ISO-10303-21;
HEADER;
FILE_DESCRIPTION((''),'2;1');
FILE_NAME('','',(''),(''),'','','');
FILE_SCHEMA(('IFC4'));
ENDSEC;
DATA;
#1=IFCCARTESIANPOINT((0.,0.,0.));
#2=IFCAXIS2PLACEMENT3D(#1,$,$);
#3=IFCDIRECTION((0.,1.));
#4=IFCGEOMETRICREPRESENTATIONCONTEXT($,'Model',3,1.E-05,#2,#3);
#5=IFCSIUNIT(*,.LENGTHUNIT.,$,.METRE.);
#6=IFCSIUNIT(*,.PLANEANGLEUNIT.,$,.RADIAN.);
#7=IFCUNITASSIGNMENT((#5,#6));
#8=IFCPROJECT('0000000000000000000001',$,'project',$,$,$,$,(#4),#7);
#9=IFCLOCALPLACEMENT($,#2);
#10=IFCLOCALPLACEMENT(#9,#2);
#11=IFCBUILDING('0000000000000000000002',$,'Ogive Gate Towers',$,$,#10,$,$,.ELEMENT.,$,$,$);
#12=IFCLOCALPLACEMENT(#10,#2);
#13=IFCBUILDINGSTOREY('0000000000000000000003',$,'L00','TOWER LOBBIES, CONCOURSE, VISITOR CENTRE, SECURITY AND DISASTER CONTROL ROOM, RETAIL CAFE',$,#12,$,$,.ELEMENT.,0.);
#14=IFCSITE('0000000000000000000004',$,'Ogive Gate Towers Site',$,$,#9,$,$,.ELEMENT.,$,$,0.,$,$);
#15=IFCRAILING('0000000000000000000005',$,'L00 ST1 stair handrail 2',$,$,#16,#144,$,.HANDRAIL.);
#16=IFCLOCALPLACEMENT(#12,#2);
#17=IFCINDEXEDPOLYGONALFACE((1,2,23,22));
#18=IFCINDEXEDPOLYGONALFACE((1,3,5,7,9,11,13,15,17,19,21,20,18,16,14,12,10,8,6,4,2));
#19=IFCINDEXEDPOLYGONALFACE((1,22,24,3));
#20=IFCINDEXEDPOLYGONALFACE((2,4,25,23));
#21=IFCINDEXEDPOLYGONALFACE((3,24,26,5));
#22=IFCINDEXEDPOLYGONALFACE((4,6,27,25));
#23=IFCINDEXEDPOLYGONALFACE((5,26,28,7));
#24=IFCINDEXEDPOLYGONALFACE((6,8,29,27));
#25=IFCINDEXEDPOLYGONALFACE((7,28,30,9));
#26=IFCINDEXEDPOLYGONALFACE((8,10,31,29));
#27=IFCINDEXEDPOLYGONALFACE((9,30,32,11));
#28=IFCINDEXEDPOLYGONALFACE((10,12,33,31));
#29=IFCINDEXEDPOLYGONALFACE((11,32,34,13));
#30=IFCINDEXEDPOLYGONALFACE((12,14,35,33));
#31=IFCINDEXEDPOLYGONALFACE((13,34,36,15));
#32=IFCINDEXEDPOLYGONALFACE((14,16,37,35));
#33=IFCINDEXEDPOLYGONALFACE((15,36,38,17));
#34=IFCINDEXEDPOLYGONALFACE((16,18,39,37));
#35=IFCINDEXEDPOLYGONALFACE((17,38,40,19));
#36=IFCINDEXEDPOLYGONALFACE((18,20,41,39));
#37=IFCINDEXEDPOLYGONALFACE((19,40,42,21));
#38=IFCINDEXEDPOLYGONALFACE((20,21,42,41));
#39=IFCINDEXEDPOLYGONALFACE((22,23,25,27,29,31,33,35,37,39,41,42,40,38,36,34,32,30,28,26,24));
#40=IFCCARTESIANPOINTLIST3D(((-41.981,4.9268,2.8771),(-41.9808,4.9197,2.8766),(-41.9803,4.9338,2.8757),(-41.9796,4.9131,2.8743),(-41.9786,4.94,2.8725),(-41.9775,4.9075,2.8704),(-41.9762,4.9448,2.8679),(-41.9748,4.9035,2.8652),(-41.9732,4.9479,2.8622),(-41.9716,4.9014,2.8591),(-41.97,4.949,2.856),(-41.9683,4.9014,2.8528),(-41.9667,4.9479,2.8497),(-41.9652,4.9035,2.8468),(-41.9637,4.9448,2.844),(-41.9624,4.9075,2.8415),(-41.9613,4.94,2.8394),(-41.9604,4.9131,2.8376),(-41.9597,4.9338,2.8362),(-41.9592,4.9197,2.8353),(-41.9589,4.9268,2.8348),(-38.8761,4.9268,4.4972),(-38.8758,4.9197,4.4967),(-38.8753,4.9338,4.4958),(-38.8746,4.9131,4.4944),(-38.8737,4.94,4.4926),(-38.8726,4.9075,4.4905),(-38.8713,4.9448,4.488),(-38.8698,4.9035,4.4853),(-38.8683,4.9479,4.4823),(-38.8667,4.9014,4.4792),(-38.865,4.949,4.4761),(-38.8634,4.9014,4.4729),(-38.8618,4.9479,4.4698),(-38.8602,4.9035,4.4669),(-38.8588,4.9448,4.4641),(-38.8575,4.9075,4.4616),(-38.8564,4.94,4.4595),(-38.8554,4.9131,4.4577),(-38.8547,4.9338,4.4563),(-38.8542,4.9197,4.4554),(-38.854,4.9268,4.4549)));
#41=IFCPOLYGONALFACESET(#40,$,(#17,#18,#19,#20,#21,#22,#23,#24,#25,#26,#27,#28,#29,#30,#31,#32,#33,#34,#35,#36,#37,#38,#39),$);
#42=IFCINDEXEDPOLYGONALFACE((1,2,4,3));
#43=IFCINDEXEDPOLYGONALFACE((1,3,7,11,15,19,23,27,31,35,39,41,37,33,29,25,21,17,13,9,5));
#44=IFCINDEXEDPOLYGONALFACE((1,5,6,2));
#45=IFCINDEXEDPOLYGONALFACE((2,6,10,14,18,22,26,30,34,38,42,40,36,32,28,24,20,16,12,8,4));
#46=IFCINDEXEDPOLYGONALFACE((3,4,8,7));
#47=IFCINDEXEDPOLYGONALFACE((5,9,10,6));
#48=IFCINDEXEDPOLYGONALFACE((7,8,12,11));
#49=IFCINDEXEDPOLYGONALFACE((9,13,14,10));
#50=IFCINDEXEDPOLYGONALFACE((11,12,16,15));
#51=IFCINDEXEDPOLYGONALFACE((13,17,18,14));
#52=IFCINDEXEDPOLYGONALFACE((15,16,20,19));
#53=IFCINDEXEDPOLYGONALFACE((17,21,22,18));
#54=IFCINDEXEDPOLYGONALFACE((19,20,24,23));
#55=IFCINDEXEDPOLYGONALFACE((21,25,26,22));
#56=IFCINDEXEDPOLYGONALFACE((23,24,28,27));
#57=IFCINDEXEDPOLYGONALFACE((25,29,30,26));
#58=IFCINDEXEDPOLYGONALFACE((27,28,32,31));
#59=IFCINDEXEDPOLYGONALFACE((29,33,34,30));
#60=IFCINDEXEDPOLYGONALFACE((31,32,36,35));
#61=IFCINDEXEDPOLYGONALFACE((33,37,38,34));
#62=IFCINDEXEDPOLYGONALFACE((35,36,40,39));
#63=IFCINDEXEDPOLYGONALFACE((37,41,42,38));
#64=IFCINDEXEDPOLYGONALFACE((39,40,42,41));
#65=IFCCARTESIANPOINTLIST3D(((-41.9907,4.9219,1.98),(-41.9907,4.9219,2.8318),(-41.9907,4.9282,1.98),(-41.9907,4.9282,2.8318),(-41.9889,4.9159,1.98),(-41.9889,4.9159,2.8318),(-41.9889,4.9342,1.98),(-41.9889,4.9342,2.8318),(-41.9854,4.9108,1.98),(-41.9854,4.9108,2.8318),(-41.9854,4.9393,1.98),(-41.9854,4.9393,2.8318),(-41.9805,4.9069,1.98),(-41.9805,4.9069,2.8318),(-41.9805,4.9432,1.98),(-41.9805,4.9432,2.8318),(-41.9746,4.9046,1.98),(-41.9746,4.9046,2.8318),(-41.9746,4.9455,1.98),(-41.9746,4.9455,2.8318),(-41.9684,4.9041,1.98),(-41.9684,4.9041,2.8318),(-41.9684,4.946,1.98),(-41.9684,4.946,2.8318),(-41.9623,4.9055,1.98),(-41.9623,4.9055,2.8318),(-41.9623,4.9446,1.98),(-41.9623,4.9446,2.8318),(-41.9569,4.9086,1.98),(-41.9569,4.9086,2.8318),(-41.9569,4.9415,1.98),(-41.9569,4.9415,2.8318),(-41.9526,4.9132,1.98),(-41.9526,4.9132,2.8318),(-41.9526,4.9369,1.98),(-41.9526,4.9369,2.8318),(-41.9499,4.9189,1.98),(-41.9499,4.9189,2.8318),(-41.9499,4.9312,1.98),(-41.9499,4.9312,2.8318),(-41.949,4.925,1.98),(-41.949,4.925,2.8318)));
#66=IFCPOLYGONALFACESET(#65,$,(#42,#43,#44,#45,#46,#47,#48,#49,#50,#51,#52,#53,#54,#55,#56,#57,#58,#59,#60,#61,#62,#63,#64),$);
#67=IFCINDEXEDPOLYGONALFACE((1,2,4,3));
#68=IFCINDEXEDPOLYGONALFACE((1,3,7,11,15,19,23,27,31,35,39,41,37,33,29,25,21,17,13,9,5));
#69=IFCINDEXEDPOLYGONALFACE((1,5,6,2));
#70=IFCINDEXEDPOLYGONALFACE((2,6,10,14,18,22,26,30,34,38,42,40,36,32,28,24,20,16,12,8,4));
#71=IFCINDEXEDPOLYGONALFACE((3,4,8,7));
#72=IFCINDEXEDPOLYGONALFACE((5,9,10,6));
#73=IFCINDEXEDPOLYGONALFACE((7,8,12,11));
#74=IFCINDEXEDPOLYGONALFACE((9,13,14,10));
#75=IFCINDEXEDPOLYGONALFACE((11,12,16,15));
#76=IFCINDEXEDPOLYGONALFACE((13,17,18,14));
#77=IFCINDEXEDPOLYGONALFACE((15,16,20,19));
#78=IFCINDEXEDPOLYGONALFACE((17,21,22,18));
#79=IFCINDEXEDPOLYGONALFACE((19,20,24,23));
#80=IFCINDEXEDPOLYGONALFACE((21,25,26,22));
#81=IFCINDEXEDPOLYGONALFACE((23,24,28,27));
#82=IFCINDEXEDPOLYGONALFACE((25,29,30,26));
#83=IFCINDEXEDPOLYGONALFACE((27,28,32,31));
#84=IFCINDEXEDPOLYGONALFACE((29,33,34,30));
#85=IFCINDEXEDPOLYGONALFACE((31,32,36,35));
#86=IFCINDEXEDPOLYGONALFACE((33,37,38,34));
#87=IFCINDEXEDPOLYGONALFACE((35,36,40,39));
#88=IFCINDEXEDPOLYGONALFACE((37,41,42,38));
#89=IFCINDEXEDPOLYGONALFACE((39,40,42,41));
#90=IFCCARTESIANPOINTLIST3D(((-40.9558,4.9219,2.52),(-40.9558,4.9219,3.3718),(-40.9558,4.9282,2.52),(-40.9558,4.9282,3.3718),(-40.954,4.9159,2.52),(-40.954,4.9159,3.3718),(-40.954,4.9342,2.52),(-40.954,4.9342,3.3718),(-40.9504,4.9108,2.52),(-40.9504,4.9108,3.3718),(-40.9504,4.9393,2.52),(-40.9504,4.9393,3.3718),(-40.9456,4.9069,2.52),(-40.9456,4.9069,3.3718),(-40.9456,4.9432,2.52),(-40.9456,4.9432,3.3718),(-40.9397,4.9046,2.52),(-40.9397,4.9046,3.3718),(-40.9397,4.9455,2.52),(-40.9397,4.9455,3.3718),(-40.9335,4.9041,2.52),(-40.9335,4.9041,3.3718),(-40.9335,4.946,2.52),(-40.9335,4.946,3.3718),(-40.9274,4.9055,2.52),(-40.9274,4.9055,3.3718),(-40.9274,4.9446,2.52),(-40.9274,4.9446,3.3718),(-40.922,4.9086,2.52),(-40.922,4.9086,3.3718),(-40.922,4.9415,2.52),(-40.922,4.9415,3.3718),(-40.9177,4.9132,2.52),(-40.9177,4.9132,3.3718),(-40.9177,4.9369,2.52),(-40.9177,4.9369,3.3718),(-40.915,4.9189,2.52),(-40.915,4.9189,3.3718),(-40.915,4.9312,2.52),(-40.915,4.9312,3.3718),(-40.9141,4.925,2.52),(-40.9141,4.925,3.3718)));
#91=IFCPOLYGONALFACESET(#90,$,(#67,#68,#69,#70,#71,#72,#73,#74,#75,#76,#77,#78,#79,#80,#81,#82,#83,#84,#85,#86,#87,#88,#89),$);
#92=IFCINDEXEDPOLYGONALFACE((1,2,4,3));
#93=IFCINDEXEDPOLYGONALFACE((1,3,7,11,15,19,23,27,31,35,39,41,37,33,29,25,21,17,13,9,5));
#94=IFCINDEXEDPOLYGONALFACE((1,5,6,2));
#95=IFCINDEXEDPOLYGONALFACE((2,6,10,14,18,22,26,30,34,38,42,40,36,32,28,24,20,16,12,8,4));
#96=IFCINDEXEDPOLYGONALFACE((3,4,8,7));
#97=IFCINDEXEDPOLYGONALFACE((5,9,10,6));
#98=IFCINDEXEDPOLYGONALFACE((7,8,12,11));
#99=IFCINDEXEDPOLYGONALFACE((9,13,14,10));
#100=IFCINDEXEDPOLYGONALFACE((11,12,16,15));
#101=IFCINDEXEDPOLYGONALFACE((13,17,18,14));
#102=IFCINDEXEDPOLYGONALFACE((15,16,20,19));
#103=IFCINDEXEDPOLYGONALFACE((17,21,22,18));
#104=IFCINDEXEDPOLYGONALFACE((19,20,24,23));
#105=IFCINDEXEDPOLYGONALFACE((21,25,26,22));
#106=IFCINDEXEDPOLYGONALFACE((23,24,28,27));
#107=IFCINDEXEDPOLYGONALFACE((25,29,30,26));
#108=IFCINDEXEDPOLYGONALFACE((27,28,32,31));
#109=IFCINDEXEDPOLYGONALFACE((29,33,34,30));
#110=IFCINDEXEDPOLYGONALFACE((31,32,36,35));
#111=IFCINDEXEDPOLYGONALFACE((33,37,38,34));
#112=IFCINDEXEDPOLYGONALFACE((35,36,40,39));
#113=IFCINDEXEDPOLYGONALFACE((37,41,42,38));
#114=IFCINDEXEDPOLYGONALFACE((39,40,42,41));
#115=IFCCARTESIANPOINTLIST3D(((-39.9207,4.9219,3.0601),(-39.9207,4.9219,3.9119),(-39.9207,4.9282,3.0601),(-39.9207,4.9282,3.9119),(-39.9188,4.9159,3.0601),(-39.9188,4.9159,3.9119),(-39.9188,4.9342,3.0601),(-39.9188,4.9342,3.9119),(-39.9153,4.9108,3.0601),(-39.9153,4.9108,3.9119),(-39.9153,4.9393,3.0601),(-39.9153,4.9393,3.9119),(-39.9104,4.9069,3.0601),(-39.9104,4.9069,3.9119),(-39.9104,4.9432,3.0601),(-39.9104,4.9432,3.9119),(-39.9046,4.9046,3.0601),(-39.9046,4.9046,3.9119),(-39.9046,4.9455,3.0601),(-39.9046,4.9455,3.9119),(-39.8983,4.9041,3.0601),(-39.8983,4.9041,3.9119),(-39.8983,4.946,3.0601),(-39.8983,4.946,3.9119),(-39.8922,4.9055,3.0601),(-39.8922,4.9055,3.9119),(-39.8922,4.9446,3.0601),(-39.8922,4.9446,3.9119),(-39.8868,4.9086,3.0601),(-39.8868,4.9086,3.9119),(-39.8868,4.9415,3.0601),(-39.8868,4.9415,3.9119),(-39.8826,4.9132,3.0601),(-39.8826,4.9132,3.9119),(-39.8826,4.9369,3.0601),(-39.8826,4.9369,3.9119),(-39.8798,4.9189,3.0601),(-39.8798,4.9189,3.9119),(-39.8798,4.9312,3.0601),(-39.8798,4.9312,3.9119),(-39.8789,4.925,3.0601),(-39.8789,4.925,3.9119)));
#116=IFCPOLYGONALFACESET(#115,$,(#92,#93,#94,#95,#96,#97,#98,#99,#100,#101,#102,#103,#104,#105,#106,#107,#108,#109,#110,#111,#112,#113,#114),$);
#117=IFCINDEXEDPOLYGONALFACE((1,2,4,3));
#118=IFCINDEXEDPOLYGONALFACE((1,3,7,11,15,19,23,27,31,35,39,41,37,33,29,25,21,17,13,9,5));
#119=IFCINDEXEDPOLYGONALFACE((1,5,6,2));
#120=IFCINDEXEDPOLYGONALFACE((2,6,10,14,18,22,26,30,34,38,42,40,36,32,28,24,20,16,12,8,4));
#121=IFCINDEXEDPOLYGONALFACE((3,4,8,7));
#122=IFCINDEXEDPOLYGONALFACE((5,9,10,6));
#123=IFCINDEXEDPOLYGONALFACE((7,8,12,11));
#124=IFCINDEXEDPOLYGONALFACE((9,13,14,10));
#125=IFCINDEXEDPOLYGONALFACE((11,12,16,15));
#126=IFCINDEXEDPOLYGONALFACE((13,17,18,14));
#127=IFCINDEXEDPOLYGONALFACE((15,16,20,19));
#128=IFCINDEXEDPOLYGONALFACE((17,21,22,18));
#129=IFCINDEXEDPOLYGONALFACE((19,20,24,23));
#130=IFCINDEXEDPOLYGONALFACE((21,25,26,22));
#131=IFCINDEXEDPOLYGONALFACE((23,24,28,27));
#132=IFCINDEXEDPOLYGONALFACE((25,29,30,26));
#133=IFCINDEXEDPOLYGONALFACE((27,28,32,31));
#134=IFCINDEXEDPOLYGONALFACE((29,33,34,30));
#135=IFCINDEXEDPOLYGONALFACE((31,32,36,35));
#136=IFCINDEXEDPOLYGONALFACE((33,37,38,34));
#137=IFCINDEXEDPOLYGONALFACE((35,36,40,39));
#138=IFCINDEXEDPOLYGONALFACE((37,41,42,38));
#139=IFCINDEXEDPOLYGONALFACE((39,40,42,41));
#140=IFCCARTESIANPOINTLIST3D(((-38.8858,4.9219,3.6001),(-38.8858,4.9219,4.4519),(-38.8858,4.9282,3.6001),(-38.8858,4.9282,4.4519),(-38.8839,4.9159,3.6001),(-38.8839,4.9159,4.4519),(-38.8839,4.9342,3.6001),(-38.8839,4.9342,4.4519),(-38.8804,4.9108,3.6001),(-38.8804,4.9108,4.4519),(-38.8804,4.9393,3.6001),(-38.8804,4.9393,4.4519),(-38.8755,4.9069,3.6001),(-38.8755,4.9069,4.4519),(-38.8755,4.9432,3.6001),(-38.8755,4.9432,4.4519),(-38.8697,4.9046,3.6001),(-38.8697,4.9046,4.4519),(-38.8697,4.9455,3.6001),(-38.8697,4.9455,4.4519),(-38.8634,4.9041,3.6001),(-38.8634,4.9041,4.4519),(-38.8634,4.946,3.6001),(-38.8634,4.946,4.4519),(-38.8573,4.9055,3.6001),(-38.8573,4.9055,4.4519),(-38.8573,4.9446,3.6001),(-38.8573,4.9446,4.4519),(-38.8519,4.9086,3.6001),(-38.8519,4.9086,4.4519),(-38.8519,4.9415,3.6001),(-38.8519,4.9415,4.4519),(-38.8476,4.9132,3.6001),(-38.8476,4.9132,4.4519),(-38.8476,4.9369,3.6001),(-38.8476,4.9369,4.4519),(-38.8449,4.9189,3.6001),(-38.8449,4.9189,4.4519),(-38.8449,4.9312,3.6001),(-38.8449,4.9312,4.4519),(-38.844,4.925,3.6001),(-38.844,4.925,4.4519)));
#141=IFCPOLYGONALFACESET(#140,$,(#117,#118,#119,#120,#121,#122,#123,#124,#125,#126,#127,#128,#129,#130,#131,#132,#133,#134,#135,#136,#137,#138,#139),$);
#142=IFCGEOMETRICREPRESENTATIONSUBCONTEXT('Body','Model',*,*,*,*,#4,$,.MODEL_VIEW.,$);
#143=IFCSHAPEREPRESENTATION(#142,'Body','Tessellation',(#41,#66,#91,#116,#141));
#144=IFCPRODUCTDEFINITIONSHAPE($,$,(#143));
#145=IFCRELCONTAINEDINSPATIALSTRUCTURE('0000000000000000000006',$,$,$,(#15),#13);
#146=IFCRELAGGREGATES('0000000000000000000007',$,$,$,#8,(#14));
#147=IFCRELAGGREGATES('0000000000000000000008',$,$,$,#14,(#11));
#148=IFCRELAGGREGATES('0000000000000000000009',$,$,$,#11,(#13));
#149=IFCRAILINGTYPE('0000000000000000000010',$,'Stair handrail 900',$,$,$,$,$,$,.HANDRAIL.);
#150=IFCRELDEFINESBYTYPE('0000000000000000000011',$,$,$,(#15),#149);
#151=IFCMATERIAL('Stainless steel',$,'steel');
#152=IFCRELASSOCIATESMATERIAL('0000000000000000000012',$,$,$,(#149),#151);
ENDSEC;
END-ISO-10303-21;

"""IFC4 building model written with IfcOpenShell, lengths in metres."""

from ifc_helpers import new_model, si_unit, direction, frame, origin, origin_2d, place, context, subcontext, project, spatial, circle, extrude, material, type_object, element, save


model = new_model("IFC4")

# Units and contexts
model_context = context("Model", 3, precision=1e-05, world=origin(), true_north=direction((0.0, 1.0)))
body_context = subcontext(model_context, "Body", "Model", "MODEL_VIEW")
ifc_project = project(units=[si_unit("LENGTHUNIT", "METRE"), si_unit("PLANEANGLEUNIT", "RADIAN")], contexts=[model_context])

# Site, building, storey
site_placement = place(None, origin())
site = spatial("IfcSite", under=ifc_project, at=site_placement, Name="Ogive Gate Towers Site", CompositionType="ELEMENT", RefElevation=0.0)
building_placement = place(site_placement, origin())
building = spatial("IfcBuilding", under=site, at=building_placement, Name="Ogive Gate Towers", CompositionType="ELEMENT")
storey_placement = place(building_placement, origin())
storey = spatial("IfcBuildingStorey", under=building, at=storey_placement, Name="L00", Description="TOWER LOBBIES, CONCOURSE, VISITOR CENTRE, SECURITY AND DISASTER CONTROL ROOM, RETAIL CAFE", CompositionType="ELEMENT", Elevation=0.0)

# Railing
ifc_material_1 = material(Name="Stainless steel", Category="steel")
railing_type = type_object("IfcRailingType", Name="Stair handrail 900", PredefinedType="HANDRAIL", material=ifc_material_1)
railing_1_placement = place(storey_placement, frame((-41.97, 4.925, 1.98)))
element("IfcRailing", 1, at=railing_1_placement, inside=storey, type_object=railing_type, Name="L00 ST1 stair handrail 2", PredefinedType="HANDRAIL", context=body_context, shape_type="SweptSolid", body=[
    extrude(circle(Radius=0.0239, at=origin_2d()), frame((0.0, 0.0, 0.876), z_axis=(0.88657, 0.0, 0.462595), x_axis=(0.0, 1.0, 0.0)), (0.0, 0.0, 1.0), 3.5022),
    extrude(circle(Radius=0.021, at=origin_2d()), origin(), (0.0, 0.0, 1.0), 0.8518),
    extrude(circle(Radius=0.021, at=origin_2d()), frame((1.0349, 0.0, 0.54)), (0.0, 0.0, 1.0), 0.8518),
    extrude(circle(Radius=0.021, at=origin_2d()), frame((2.0701, 0.0, 1.0801)), (0.0, 0.0, 1.0), 0.8518),
    extrude(circle(Radius=0.021, at=origin_2d()), frame((3.105, 0.0, 1.6201)), (0.0, 0.0, 1.0), 0.8518),
])

save(model, "model.ifc")
